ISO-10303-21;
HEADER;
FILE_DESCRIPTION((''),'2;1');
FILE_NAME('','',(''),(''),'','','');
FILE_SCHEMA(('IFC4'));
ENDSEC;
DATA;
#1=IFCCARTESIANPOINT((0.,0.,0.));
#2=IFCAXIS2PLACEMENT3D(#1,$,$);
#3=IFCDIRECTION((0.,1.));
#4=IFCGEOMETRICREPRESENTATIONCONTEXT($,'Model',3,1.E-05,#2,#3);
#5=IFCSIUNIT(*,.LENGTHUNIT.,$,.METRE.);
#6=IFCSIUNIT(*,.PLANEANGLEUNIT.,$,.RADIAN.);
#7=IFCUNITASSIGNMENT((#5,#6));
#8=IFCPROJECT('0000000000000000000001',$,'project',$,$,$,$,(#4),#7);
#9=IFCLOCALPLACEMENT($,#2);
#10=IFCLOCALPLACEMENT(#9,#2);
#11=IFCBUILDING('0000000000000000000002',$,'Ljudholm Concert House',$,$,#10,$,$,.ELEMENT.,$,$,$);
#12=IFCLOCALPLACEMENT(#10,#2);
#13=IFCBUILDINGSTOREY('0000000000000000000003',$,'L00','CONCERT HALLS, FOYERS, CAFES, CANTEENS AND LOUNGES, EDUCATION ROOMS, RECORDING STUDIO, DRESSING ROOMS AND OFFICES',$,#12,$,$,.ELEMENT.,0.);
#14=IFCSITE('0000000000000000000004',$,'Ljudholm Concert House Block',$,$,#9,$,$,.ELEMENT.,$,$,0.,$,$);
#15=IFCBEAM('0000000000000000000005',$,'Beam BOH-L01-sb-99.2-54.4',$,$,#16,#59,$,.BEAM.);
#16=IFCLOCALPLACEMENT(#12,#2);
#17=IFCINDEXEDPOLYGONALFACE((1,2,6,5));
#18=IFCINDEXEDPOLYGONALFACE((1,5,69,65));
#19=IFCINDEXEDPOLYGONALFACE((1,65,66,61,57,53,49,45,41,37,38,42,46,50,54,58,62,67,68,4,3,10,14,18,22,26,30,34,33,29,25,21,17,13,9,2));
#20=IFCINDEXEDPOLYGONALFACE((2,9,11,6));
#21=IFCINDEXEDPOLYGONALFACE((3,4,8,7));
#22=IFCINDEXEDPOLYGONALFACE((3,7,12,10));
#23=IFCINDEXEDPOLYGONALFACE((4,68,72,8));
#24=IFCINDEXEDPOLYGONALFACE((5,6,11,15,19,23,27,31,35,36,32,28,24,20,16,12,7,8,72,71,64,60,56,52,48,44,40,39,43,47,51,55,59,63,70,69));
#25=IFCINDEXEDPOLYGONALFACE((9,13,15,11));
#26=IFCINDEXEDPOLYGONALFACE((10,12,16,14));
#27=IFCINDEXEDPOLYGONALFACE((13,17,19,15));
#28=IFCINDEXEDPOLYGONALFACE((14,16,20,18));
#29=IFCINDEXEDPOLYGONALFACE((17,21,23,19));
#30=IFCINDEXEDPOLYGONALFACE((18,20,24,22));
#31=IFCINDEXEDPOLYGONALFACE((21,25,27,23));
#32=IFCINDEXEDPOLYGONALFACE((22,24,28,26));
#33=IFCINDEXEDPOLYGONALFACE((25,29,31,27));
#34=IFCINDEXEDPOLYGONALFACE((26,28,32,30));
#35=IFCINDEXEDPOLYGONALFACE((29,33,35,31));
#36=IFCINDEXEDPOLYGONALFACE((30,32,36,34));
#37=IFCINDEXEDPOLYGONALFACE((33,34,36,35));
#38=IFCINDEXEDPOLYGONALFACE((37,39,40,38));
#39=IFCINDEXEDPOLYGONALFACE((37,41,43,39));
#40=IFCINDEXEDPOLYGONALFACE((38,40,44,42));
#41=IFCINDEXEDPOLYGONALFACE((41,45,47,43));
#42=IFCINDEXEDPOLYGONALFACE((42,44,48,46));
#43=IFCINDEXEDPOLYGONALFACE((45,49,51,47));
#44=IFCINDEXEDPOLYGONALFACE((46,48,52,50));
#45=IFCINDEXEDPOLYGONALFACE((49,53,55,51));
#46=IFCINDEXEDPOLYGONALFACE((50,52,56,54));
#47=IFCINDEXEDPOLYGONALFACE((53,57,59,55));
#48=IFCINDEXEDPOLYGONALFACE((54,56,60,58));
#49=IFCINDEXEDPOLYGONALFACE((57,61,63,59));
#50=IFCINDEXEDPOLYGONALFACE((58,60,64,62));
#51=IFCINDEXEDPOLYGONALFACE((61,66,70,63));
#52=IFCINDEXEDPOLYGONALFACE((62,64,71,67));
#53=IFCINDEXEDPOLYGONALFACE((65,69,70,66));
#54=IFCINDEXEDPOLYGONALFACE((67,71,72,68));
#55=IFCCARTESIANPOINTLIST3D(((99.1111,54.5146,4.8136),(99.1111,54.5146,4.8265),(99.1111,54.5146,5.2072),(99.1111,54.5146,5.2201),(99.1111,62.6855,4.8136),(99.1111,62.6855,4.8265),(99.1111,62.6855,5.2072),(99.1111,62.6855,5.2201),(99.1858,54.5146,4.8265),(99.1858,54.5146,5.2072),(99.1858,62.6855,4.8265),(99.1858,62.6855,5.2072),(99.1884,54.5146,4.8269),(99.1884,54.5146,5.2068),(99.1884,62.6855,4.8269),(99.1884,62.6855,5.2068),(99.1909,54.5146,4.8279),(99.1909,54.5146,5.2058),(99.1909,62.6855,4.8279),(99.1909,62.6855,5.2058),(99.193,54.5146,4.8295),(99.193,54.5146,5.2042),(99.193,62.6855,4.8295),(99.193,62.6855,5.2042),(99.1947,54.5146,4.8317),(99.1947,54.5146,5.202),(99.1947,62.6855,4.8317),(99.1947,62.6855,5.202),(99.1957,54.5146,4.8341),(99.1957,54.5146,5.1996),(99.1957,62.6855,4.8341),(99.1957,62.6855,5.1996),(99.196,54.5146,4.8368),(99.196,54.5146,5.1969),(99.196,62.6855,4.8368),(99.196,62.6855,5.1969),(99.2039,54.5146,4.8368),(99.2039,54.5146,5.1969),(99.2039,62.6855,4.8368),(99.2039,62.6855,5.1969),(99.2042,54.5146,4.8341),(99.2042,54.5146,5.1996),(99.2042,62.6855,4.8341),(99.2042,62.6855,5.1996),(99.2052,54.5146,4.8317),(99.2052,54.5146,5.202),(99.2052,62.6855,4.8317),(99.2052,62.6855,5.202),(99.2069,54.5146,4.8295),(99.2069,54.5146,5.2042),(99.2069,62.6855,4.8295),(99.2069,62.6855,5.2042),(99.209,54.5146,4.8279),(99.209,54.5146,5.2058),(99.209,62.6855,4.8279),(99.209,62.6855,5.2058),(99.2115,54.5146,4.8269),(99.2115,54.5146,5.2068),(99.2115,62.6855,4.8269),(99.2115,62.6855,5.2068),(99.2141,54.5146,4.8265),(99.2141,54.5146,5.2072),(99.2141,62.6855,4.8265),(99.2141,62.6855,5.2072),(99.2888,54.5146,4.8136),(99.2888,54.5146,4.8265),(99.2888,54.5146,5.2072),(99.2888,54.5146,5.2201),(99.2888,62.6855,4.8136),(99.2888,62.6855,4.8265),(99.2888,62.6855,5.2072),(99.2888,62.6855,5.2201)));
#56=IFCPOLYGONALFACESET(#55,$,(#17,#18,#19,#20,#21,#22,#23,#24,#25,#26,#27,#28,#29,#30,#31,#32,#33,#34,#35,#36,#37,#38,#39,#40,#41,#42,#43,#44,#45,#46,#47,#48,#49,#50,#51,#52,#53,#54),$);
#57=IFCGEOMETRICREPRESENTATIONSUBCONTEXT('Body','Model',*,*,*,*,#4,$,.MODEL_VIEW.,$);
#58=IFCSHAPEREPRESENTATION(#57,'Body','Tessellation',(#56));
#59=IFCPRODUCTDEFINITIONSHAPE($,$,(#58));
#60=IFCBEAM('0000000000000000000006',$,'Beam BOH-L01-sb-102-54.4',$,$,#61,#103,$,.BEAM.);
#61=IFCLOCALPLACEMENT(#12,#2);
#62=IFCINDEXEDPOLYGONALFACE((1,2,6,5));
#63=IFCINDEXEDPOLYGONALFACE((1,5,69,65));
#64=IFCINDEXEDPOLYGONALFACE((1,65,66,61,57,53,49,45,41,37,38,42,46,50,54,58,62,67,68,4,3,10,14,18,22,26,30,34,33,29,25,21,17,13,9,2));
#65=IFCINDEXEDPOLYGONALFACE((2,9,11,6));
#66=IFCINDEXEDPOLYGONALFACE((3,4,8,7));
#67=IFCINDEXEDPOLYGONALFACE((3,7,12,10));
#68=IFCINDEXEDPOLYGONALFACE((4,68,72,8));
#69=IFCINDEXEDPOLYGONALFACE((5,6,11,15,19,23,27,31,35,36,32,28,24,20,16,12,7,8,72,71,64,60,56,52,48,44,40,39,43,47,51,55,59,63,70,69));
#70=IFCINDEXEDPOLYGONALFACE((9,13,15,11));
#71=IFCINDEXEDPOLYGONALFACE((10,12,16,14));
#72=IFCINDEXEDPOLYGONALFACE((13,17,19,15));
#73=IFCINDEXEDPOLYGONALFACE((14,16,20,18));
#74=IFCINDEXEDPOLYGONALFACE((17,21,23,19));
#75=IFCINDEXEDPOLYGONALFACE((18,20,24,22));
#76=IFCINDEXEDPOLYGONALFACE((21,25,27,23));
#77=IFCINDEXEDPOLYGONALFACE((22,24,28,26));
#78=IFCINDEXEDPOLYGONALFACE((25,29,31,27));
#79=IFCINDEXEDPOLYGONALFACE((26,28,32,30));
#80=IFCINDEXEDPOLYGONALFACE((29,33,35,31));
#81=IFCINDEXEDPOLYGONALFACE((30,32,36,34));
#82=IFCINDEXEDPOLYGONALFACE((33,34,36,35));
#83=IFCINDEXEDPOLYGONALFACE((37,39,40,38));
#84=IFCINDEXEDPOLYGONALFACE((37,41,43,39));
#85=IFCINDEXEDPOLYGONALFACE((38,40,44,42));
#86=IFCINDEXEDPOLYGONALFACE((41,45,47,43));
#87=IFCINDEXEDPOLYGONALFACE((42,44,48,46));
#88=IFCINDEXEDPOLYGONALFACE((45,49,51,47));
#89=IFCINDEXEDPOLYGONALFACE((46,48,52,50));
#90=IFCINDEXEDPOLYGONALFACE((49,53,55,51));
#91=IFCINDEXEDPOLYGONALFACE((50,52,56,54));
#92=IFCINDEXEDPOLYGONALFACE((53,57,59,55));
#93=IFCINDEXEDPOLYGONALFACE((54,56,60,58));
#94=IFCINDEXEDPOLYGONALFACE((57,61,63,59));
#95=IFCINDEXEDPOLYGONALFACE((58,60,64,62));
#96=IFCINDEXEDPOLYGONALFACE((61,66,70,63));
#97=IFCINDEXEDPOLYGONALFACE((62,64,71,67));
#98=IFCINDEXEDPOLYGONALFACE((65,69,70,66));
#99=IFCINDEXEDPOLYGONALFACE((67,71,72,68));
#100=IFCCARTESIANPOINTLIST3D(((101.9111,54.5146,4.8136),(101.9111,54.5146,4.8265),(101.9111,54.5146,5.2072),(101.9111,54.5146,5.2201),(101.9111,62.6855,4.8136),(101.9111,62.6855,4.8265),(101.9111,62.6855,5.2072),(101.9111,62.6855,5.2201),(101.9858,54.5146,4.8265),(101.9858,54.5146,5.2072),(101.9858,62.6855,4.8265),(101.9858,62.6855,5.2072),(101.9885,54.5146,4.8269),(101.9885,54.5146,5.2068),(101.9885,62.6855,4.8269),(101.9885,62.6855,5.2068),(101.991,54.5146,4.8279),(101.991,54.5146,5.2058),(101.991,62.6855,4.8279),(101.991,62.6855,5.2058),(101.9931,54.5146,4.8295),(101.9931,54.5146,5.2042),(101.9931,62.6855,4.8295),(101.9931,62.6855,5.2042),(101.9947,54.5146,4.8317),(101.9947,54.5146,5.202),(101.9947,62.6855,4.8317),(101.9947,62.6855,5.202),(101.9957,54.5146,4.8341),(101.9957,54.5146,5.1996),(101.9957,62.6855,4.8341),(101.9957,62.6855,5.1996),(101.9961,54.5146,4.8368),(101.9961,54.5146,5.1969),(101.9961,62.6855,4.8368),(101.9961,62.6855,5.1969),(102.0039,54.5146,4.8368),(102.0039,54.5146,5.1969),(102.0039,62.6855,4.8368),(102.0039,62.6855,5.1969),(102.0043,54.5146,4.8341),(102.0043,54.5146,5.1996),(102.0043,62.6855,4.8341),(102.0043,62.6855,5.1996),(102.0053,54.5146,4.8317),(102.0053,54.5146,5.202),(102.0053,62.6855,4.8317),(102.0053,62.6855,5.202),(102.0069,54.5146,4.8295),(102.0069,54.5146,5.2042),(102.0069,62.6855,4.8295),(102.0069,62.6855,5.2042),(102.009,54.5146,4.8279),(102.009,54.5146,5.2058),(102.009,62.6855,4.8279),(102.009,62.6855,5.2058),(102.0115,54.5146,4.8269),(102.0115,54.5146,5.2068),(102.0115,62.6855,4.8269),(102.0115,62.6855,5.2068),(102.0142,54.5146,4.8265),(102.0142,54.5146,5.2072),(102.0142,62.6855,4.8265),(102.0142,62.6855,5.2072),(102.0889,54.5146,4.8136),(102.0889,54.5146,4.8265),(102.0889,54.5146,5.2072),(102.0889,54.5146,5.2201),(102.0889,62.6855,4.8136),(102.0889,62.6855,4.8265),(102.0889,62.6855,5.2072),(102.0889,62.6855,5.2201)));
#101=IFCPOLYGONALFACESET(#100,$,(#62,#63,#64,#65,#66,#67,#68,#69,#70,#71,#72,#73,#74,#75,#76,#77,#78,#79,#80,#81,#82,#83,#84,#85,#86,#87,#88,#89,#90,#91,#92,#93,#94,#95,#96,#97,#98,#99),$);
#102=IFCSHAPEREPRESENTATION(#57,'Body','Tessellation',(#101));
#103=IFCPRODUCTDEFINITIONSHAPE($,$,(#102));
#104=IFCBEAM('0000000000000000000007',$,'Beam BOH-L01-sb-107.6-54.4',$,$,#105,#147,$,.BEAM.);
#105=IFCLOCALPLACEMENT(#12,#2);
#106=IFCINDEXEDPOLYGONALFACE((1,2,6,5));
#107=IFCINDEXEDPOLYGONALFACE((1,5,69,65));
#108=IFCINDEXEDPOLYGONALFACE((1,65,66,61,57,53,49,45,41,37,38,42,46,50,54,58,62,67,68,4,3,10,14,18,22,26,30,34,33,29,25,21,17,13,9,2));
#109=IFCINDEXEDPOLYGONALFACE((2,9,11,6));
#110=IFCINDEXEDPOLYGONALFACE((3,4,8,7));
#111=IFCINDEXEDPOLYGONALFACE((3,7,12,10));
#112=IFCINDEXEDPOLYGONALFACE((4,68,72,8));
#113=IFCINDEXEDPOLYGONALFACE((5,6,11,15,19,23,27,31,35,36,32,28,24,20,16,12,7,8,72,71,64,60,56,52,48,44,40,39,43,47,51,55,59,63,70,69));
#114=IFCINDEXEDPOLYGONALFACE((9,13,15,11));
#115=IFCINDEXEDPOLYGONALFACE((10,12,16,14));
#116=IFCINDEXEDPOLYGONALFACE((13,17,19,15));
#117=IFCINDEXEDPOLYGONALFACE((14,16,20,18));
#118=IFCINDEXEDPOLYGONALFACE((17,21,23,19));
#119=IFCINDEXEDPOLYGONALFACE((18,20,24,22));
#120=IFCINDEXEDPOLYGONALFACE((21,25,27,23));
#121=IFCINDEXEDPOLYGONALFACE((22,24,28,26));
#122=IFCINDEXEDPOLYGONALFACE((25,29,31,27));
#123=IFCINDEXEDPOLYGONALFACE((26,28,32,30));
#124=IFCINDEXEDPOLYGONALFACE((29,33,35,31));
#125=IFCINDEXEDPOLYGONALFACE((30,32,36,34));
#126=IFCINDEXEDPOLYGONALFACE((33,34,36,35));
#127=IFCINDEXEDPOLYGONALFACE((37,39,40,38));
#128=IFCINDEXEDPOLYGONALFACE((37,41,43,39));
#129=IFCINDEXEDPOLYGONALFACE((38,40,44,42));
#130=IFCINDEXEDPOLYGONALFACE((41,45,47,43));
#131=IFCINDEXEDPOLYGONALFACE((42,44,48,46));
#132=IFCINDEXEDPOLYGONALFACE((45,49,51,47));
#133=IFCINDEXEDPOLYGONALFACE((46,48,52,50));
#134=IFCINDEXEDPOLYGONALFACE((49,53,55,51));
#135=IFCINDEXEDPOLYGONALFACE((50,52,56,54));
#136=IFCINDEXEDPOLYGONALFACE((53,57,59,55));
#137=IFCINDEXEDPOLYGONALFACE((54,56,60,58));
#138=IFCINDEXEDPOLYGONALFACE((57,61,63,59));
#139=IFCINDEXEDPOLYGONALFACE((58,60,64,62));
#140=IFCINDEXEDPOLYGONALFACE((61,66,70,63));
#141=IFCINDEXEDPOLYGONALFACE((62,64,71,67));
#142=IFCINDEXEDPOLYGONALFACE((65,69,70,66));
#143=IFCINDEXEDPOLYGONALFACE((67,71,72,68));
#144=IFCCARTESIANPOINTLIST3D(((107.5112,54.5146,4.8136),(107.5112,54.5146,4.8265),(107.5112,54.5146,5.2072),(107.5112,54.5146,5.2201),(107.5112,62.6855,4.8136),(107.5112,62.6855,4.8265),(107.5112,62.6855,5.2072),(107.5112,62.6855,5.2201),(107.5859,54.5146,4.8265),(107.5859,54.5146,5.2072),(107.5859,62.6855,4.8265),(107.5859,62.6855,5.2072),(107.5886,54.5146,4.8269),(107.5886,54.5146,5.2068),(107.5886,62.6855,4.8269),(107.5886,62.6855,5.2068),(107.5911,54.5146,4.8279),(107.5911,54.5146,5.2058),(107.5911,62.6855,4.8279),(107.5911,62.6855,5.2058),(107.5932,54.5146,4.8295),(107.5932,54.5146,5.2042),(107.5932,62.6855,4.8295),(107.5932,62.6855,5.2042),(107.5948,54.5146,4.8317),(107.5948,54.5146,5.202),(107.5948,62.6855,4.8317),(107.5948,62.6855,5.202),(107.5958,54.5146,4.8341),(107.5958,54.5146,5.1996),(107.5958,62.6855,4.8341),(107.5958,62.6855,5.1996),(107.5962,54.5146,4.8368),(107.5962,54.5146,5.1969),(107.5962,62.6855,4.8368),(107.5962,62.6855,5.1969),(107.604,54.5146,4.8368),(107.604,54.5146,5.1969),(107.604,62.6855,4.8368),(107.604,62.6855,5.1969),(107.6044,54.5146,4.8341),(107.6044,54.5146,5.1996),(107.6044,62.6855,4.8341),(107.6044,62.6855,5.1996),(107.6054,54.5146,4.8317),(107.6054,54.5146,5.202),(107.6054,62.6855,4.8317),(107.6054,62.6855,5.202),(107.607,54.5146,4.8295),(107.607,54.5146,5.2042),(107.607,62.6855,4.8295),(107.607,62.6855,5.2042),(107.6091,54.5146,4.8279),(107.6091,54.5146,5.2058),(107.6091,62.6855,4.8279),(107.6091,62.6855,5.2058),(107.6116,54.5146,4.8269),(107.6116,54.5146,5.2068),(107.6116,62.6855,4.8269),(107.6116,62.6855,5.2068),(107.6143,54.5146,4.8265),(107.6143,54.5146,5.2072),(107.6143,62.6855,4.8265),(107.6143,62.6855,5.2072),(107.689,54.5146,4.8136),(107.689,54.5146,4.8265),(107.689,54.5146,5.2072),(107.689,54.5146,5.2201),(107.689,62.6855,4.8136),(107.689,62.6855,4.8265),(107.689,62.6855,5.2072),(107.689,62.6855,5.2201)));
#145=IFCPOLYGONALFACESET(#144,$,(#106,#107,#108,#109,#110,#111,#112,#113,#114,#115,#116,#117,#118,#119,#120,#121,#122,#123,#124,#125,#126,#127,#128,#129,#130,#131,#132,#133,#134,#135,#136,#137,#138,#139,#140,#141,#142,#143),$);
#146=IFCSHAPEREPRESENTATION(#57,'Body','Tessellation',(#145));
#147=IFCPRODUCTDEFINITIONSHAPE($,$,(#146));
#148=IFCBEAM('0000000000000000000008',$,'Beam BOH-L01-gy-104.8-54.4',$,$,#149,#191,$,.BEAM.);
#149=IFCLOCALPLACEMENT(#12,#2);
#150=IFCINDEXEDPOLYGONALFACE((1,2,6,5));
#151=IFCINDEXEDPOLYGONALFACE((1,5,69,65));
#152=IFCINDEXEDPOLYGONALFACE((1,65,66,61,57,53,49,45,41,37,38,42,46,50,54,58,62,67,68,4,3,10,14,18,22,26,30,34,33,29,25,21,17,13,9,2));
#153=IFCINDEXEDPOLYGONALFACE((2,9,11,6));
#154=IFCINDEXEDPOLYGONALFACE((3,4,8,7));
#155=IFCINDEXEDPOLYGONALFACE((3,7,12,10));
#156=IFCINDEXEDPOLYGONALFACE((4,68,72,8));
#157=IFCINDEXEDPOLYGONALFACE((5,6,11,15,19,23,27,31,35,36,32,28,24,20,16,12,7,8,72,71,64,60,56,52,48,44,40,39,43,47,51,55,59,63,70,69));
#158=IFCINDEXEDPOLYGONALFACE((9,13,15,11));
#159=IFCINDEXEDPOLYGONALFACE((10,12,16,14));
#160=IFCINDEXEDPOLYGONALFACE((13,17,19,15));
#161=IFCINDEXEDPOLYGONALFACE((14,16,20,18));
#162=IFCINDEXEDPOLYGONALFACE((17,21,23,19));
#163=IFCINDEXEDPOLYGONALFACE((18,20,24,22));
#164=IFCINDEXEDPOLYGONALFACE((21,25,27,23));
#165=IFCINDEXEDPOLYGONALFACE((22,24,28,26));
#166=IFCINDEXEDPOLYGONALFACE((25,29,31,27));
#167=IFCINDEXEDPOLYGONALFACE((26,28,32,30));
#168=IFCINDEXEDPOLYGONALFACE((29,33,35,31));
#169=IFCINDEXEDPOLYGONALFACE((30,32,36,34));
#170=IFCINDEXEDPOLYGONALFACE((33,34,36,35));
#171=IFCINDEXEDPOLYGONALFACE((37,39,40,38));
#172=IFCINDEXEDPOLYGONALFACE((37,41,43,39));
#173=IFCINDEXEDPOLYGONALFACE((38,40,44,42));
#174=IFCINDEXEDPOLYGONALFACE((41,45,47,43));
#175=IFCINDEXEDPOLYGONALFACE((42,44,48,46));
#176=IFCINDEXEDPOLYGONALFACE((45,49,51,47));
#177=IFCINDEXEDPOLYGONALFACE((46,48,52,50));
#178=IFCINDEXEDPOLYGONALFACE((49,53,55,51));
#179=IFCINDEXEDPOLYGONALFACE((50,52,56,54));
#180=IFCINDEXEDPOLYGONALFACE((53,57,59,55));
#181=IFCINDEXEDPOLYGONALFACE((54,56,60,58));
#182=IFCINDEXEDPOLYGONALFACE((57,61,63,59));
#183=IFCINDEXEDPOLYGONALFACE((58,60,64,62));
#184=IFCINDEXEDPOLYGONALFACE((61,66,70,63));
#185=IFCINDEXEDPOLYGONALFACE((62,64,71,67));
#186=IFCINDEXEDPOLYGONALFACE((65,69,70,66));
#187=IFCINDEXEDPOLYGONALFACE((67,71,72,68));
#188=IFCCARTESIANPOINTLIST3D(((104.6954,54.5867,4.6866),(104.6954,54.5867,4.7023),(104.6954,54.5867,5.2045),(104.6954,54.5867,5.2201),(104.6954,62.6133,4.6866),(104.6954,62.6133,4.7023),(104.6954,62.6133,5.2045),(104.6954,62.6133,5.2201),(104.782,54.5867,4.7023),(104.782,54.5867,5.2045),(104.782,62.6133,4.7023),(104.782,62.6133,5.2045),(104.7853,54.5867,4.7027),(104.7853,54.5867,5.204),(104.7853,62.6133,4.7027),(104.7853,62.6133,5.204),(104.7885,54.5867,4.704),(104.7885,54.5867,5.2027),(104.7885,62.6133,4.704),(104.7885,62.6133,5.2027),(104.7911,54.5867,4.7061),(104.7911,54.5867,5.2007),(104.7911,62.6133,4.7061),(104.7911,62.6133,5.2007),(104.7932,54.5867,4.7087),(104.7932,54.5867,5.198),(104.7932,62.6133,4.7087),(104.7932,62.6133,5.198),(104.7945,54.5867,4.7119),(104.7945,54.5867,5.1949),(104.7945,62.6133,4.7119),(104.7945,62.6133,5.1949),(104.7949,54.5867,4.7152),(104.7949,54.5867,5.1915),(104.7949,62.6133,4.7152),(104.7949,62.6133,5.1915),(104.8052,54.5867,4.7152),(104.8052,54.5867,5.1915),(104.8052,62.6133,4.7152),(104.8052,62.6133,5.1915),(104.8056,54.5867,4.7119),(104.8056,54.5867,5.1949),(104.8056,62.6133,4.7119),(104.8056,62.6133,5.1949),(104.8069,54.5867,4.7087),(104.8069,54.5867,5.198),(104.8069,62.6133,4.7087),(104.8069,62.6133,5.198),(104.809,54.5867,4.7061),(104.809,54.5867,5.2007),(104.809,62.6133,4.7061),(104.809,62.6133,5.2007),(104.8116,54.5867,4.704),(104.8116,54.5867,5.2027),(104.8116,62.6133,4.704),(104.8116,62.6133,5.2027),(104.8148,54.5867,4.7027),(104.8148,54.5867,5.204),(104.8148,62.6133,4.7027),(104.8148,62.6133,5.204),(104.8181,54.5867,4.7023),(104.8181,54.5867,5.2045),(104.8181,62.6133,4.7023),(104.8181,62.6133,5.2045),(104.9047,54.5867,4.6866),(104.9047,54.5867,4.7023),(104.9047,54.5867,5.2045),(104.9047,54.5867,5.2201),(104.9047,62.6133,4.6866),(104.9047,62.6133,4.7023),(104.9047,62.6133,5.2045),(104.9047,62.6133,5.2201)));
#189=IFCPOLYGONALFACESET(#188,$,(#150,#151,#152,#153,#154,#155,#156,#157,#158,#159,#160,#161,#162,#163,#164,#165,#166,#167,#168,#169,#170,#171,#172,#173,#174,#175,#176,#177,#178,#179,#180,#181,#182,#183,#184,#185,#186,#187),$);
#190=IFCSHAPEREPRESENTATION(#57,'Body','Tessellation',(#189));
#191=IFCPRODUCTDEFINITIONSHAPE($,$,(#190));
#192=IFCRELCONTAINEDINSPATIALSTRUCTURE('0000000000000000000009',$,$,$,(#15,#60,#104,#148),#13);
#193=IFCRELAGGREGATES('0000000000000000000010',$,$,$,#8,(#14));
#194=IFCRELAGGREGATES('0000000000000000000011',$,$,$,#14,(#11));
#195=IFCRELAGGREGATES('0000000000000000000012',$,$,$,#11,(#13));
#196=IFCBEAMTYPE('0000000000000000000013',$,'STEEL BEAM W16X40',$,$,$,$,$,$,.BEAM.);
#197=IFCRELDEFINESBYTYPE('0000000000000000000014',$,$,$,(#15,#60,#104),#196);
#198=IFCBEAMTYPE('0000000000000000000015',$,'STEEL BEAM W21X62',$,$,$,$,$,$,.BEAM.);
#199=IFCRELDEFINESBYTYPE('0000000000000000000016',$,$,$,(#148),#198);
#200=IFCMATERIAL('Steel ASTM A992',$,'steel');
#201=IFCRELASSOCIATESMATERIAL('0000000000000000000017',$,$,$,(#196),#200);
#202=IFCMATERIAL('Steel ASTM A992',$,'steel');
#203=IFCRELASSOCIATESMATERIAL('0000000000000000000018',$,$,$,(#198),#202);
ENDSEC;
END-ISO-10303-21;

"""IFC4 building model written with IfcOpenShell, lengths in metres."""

from ifc_helpers import new_model, si_unit, direction, frame, origin, origin_2d, place, context, subcontext, project, spatial, i_section, extrude, material, material_profile, profile_set, type_object, element, save


model = new_model("IFC4")

# Units and contexts
model_context = context("Model", 3, precision=1e-05, world=origin(), true_north=direction((0.0, 1.0)))
body_context = subcontext(model_context, "Body", "Model", "MODEL_VIEW")
ifc_project = project(units=[si_unit("LENGTHUNIT", "METRE"), si_unit("PLANEANGLEUNIT", "RADIAN")], contexts=[model_context])

# Site, building, storey
site_placement = place(None, origin())
site = spatial("IfcSite", under=ifc_project, at=site_placement, Name="Ljudholm Concert House Block", CompositionType="ELEMENT", RefElevation=0.0)
building_placement = place(site_placement, origin())
building = spatial("IfcBuilding", under=site, at=building_placement, Name="Ljudholm Concert House", CompositionType="ELEMENT")
storey_placement = place(building_placement, origin())
storey = spatial("IfcBuildingStorey", under=building, at=storey_placement, Name="L00", Description="CONCERT HALLS, FOYERS, CAFES, CANTEENS AND LOUNGES, EDUCATION ROOMS, RECORDING STUDIO, DRESSING ROOMS AND OFFICES", CompositionType="ELEMENT", Elevation=0.0)

# Beams
ifc_material_1 = material(Name="Steel ASTM A992", Category="steel")
ifc_material_profile_1 = material_profile(ifc_material_1, i_section(OverallWidth=0.1777, OverallDepth=0.4065, WebThickness=0.0078, FlangeThickness=0.0129, FilletRadius=0.0103, at=origin_2d()), Name="W16X40")
ifc_profile_set_1 = profile_set([ifc_material_profile_1], Name="Steel ASTM A992")
beam_type_1 = type_object("IfcBeamType", Name="STEEL BEAM W16X40", PredefinedType="BEAM", material=ifc_profile_set_1)
for number, where, z_axis, x_axis, name in (
    (1, (99.2, 54.5146, 5.0168), (0.0, 1.0, 0.0), (-1.0, 0.0, 0.0), "Beam BOH-L01-sb-99.2-54.4"),
    (2, (102.0, 54.5146, 5.0168), (0.0, 1.0, 0.0), (-1.0, 0.0, 0.0), "Beam BOH-L01-sb-102-54.4"),
    (3, (107.6001, 54.5146, 5.0168), (0.0, 1.0, 0.0), (-1.0, 0.0, 0.0), "Beam BOH-L01-sb-107.6-54.4"),
):
    element("IfcBeam", number, at=place(storey_placement, frame(where, z_axis=z_axis, x_axis=x_axis)), inside=storey, type_object=beam_type_1, Name=name, PredefinedType="BEAM", context=body_context, shape_type="SweptSolid", body=[
        extrude(i_section(OverallWidth=0.1777, OverallDepth=0.4065, WebThickness=0.0078, FlangeThickness=0.0129, FilletRadius=0.0103, at=origin_2d()), origin(), (0.0, 0.0, 1.0), 8.1709),
    ])
ifc_material_2 = material(Name="Steel ASTM A992", Category="steel")
ifc_material_profile_2 = material_profile(ifc_material_2, i_section(OverallWidth=0.2092, OverallDepth=0.5334, WebThickness=0.0103, FlangeThickness=0.0156, FilletRadius=0.0129, at=origin_2d()), Name="W21X62")
ifc_profile_set_2 = profile_set([ifc_material_profile_2], Name="Steel ASTM A992")
beam_type_2 = type_object("IfcBeamType", Name="STEEL BEAM W21X62", PredefinedType="BEAM", material=ifc_profile_set_2)
beam_1_placement = place(storey_placement, frame((104.8, 54.5867, 4.9534), z_axis=(0.0, 1.0, 0.0), x_axis=(-1.0, 0.0, 0.0)))
element("IfcBeam", 4, at=beam_1_placement, inside=storey, type_object=beam_type_2, Name="Beam BOH-L01-gy-104.8-54.4", PredefinedType="BEAM", context=body_context, shape_type="SweptSolid", body=[
    extrude(i_section(OverallWidth=0.2092, OverallDepth=0.5334, WebThickness=0.0103, FlangeThickness=0.0156, FilletRadius=0.0129, at=origin_2d()), origin(), (0.0, 0.0, 1.0), 8.0266),
])

save(model, "model.ifc")
